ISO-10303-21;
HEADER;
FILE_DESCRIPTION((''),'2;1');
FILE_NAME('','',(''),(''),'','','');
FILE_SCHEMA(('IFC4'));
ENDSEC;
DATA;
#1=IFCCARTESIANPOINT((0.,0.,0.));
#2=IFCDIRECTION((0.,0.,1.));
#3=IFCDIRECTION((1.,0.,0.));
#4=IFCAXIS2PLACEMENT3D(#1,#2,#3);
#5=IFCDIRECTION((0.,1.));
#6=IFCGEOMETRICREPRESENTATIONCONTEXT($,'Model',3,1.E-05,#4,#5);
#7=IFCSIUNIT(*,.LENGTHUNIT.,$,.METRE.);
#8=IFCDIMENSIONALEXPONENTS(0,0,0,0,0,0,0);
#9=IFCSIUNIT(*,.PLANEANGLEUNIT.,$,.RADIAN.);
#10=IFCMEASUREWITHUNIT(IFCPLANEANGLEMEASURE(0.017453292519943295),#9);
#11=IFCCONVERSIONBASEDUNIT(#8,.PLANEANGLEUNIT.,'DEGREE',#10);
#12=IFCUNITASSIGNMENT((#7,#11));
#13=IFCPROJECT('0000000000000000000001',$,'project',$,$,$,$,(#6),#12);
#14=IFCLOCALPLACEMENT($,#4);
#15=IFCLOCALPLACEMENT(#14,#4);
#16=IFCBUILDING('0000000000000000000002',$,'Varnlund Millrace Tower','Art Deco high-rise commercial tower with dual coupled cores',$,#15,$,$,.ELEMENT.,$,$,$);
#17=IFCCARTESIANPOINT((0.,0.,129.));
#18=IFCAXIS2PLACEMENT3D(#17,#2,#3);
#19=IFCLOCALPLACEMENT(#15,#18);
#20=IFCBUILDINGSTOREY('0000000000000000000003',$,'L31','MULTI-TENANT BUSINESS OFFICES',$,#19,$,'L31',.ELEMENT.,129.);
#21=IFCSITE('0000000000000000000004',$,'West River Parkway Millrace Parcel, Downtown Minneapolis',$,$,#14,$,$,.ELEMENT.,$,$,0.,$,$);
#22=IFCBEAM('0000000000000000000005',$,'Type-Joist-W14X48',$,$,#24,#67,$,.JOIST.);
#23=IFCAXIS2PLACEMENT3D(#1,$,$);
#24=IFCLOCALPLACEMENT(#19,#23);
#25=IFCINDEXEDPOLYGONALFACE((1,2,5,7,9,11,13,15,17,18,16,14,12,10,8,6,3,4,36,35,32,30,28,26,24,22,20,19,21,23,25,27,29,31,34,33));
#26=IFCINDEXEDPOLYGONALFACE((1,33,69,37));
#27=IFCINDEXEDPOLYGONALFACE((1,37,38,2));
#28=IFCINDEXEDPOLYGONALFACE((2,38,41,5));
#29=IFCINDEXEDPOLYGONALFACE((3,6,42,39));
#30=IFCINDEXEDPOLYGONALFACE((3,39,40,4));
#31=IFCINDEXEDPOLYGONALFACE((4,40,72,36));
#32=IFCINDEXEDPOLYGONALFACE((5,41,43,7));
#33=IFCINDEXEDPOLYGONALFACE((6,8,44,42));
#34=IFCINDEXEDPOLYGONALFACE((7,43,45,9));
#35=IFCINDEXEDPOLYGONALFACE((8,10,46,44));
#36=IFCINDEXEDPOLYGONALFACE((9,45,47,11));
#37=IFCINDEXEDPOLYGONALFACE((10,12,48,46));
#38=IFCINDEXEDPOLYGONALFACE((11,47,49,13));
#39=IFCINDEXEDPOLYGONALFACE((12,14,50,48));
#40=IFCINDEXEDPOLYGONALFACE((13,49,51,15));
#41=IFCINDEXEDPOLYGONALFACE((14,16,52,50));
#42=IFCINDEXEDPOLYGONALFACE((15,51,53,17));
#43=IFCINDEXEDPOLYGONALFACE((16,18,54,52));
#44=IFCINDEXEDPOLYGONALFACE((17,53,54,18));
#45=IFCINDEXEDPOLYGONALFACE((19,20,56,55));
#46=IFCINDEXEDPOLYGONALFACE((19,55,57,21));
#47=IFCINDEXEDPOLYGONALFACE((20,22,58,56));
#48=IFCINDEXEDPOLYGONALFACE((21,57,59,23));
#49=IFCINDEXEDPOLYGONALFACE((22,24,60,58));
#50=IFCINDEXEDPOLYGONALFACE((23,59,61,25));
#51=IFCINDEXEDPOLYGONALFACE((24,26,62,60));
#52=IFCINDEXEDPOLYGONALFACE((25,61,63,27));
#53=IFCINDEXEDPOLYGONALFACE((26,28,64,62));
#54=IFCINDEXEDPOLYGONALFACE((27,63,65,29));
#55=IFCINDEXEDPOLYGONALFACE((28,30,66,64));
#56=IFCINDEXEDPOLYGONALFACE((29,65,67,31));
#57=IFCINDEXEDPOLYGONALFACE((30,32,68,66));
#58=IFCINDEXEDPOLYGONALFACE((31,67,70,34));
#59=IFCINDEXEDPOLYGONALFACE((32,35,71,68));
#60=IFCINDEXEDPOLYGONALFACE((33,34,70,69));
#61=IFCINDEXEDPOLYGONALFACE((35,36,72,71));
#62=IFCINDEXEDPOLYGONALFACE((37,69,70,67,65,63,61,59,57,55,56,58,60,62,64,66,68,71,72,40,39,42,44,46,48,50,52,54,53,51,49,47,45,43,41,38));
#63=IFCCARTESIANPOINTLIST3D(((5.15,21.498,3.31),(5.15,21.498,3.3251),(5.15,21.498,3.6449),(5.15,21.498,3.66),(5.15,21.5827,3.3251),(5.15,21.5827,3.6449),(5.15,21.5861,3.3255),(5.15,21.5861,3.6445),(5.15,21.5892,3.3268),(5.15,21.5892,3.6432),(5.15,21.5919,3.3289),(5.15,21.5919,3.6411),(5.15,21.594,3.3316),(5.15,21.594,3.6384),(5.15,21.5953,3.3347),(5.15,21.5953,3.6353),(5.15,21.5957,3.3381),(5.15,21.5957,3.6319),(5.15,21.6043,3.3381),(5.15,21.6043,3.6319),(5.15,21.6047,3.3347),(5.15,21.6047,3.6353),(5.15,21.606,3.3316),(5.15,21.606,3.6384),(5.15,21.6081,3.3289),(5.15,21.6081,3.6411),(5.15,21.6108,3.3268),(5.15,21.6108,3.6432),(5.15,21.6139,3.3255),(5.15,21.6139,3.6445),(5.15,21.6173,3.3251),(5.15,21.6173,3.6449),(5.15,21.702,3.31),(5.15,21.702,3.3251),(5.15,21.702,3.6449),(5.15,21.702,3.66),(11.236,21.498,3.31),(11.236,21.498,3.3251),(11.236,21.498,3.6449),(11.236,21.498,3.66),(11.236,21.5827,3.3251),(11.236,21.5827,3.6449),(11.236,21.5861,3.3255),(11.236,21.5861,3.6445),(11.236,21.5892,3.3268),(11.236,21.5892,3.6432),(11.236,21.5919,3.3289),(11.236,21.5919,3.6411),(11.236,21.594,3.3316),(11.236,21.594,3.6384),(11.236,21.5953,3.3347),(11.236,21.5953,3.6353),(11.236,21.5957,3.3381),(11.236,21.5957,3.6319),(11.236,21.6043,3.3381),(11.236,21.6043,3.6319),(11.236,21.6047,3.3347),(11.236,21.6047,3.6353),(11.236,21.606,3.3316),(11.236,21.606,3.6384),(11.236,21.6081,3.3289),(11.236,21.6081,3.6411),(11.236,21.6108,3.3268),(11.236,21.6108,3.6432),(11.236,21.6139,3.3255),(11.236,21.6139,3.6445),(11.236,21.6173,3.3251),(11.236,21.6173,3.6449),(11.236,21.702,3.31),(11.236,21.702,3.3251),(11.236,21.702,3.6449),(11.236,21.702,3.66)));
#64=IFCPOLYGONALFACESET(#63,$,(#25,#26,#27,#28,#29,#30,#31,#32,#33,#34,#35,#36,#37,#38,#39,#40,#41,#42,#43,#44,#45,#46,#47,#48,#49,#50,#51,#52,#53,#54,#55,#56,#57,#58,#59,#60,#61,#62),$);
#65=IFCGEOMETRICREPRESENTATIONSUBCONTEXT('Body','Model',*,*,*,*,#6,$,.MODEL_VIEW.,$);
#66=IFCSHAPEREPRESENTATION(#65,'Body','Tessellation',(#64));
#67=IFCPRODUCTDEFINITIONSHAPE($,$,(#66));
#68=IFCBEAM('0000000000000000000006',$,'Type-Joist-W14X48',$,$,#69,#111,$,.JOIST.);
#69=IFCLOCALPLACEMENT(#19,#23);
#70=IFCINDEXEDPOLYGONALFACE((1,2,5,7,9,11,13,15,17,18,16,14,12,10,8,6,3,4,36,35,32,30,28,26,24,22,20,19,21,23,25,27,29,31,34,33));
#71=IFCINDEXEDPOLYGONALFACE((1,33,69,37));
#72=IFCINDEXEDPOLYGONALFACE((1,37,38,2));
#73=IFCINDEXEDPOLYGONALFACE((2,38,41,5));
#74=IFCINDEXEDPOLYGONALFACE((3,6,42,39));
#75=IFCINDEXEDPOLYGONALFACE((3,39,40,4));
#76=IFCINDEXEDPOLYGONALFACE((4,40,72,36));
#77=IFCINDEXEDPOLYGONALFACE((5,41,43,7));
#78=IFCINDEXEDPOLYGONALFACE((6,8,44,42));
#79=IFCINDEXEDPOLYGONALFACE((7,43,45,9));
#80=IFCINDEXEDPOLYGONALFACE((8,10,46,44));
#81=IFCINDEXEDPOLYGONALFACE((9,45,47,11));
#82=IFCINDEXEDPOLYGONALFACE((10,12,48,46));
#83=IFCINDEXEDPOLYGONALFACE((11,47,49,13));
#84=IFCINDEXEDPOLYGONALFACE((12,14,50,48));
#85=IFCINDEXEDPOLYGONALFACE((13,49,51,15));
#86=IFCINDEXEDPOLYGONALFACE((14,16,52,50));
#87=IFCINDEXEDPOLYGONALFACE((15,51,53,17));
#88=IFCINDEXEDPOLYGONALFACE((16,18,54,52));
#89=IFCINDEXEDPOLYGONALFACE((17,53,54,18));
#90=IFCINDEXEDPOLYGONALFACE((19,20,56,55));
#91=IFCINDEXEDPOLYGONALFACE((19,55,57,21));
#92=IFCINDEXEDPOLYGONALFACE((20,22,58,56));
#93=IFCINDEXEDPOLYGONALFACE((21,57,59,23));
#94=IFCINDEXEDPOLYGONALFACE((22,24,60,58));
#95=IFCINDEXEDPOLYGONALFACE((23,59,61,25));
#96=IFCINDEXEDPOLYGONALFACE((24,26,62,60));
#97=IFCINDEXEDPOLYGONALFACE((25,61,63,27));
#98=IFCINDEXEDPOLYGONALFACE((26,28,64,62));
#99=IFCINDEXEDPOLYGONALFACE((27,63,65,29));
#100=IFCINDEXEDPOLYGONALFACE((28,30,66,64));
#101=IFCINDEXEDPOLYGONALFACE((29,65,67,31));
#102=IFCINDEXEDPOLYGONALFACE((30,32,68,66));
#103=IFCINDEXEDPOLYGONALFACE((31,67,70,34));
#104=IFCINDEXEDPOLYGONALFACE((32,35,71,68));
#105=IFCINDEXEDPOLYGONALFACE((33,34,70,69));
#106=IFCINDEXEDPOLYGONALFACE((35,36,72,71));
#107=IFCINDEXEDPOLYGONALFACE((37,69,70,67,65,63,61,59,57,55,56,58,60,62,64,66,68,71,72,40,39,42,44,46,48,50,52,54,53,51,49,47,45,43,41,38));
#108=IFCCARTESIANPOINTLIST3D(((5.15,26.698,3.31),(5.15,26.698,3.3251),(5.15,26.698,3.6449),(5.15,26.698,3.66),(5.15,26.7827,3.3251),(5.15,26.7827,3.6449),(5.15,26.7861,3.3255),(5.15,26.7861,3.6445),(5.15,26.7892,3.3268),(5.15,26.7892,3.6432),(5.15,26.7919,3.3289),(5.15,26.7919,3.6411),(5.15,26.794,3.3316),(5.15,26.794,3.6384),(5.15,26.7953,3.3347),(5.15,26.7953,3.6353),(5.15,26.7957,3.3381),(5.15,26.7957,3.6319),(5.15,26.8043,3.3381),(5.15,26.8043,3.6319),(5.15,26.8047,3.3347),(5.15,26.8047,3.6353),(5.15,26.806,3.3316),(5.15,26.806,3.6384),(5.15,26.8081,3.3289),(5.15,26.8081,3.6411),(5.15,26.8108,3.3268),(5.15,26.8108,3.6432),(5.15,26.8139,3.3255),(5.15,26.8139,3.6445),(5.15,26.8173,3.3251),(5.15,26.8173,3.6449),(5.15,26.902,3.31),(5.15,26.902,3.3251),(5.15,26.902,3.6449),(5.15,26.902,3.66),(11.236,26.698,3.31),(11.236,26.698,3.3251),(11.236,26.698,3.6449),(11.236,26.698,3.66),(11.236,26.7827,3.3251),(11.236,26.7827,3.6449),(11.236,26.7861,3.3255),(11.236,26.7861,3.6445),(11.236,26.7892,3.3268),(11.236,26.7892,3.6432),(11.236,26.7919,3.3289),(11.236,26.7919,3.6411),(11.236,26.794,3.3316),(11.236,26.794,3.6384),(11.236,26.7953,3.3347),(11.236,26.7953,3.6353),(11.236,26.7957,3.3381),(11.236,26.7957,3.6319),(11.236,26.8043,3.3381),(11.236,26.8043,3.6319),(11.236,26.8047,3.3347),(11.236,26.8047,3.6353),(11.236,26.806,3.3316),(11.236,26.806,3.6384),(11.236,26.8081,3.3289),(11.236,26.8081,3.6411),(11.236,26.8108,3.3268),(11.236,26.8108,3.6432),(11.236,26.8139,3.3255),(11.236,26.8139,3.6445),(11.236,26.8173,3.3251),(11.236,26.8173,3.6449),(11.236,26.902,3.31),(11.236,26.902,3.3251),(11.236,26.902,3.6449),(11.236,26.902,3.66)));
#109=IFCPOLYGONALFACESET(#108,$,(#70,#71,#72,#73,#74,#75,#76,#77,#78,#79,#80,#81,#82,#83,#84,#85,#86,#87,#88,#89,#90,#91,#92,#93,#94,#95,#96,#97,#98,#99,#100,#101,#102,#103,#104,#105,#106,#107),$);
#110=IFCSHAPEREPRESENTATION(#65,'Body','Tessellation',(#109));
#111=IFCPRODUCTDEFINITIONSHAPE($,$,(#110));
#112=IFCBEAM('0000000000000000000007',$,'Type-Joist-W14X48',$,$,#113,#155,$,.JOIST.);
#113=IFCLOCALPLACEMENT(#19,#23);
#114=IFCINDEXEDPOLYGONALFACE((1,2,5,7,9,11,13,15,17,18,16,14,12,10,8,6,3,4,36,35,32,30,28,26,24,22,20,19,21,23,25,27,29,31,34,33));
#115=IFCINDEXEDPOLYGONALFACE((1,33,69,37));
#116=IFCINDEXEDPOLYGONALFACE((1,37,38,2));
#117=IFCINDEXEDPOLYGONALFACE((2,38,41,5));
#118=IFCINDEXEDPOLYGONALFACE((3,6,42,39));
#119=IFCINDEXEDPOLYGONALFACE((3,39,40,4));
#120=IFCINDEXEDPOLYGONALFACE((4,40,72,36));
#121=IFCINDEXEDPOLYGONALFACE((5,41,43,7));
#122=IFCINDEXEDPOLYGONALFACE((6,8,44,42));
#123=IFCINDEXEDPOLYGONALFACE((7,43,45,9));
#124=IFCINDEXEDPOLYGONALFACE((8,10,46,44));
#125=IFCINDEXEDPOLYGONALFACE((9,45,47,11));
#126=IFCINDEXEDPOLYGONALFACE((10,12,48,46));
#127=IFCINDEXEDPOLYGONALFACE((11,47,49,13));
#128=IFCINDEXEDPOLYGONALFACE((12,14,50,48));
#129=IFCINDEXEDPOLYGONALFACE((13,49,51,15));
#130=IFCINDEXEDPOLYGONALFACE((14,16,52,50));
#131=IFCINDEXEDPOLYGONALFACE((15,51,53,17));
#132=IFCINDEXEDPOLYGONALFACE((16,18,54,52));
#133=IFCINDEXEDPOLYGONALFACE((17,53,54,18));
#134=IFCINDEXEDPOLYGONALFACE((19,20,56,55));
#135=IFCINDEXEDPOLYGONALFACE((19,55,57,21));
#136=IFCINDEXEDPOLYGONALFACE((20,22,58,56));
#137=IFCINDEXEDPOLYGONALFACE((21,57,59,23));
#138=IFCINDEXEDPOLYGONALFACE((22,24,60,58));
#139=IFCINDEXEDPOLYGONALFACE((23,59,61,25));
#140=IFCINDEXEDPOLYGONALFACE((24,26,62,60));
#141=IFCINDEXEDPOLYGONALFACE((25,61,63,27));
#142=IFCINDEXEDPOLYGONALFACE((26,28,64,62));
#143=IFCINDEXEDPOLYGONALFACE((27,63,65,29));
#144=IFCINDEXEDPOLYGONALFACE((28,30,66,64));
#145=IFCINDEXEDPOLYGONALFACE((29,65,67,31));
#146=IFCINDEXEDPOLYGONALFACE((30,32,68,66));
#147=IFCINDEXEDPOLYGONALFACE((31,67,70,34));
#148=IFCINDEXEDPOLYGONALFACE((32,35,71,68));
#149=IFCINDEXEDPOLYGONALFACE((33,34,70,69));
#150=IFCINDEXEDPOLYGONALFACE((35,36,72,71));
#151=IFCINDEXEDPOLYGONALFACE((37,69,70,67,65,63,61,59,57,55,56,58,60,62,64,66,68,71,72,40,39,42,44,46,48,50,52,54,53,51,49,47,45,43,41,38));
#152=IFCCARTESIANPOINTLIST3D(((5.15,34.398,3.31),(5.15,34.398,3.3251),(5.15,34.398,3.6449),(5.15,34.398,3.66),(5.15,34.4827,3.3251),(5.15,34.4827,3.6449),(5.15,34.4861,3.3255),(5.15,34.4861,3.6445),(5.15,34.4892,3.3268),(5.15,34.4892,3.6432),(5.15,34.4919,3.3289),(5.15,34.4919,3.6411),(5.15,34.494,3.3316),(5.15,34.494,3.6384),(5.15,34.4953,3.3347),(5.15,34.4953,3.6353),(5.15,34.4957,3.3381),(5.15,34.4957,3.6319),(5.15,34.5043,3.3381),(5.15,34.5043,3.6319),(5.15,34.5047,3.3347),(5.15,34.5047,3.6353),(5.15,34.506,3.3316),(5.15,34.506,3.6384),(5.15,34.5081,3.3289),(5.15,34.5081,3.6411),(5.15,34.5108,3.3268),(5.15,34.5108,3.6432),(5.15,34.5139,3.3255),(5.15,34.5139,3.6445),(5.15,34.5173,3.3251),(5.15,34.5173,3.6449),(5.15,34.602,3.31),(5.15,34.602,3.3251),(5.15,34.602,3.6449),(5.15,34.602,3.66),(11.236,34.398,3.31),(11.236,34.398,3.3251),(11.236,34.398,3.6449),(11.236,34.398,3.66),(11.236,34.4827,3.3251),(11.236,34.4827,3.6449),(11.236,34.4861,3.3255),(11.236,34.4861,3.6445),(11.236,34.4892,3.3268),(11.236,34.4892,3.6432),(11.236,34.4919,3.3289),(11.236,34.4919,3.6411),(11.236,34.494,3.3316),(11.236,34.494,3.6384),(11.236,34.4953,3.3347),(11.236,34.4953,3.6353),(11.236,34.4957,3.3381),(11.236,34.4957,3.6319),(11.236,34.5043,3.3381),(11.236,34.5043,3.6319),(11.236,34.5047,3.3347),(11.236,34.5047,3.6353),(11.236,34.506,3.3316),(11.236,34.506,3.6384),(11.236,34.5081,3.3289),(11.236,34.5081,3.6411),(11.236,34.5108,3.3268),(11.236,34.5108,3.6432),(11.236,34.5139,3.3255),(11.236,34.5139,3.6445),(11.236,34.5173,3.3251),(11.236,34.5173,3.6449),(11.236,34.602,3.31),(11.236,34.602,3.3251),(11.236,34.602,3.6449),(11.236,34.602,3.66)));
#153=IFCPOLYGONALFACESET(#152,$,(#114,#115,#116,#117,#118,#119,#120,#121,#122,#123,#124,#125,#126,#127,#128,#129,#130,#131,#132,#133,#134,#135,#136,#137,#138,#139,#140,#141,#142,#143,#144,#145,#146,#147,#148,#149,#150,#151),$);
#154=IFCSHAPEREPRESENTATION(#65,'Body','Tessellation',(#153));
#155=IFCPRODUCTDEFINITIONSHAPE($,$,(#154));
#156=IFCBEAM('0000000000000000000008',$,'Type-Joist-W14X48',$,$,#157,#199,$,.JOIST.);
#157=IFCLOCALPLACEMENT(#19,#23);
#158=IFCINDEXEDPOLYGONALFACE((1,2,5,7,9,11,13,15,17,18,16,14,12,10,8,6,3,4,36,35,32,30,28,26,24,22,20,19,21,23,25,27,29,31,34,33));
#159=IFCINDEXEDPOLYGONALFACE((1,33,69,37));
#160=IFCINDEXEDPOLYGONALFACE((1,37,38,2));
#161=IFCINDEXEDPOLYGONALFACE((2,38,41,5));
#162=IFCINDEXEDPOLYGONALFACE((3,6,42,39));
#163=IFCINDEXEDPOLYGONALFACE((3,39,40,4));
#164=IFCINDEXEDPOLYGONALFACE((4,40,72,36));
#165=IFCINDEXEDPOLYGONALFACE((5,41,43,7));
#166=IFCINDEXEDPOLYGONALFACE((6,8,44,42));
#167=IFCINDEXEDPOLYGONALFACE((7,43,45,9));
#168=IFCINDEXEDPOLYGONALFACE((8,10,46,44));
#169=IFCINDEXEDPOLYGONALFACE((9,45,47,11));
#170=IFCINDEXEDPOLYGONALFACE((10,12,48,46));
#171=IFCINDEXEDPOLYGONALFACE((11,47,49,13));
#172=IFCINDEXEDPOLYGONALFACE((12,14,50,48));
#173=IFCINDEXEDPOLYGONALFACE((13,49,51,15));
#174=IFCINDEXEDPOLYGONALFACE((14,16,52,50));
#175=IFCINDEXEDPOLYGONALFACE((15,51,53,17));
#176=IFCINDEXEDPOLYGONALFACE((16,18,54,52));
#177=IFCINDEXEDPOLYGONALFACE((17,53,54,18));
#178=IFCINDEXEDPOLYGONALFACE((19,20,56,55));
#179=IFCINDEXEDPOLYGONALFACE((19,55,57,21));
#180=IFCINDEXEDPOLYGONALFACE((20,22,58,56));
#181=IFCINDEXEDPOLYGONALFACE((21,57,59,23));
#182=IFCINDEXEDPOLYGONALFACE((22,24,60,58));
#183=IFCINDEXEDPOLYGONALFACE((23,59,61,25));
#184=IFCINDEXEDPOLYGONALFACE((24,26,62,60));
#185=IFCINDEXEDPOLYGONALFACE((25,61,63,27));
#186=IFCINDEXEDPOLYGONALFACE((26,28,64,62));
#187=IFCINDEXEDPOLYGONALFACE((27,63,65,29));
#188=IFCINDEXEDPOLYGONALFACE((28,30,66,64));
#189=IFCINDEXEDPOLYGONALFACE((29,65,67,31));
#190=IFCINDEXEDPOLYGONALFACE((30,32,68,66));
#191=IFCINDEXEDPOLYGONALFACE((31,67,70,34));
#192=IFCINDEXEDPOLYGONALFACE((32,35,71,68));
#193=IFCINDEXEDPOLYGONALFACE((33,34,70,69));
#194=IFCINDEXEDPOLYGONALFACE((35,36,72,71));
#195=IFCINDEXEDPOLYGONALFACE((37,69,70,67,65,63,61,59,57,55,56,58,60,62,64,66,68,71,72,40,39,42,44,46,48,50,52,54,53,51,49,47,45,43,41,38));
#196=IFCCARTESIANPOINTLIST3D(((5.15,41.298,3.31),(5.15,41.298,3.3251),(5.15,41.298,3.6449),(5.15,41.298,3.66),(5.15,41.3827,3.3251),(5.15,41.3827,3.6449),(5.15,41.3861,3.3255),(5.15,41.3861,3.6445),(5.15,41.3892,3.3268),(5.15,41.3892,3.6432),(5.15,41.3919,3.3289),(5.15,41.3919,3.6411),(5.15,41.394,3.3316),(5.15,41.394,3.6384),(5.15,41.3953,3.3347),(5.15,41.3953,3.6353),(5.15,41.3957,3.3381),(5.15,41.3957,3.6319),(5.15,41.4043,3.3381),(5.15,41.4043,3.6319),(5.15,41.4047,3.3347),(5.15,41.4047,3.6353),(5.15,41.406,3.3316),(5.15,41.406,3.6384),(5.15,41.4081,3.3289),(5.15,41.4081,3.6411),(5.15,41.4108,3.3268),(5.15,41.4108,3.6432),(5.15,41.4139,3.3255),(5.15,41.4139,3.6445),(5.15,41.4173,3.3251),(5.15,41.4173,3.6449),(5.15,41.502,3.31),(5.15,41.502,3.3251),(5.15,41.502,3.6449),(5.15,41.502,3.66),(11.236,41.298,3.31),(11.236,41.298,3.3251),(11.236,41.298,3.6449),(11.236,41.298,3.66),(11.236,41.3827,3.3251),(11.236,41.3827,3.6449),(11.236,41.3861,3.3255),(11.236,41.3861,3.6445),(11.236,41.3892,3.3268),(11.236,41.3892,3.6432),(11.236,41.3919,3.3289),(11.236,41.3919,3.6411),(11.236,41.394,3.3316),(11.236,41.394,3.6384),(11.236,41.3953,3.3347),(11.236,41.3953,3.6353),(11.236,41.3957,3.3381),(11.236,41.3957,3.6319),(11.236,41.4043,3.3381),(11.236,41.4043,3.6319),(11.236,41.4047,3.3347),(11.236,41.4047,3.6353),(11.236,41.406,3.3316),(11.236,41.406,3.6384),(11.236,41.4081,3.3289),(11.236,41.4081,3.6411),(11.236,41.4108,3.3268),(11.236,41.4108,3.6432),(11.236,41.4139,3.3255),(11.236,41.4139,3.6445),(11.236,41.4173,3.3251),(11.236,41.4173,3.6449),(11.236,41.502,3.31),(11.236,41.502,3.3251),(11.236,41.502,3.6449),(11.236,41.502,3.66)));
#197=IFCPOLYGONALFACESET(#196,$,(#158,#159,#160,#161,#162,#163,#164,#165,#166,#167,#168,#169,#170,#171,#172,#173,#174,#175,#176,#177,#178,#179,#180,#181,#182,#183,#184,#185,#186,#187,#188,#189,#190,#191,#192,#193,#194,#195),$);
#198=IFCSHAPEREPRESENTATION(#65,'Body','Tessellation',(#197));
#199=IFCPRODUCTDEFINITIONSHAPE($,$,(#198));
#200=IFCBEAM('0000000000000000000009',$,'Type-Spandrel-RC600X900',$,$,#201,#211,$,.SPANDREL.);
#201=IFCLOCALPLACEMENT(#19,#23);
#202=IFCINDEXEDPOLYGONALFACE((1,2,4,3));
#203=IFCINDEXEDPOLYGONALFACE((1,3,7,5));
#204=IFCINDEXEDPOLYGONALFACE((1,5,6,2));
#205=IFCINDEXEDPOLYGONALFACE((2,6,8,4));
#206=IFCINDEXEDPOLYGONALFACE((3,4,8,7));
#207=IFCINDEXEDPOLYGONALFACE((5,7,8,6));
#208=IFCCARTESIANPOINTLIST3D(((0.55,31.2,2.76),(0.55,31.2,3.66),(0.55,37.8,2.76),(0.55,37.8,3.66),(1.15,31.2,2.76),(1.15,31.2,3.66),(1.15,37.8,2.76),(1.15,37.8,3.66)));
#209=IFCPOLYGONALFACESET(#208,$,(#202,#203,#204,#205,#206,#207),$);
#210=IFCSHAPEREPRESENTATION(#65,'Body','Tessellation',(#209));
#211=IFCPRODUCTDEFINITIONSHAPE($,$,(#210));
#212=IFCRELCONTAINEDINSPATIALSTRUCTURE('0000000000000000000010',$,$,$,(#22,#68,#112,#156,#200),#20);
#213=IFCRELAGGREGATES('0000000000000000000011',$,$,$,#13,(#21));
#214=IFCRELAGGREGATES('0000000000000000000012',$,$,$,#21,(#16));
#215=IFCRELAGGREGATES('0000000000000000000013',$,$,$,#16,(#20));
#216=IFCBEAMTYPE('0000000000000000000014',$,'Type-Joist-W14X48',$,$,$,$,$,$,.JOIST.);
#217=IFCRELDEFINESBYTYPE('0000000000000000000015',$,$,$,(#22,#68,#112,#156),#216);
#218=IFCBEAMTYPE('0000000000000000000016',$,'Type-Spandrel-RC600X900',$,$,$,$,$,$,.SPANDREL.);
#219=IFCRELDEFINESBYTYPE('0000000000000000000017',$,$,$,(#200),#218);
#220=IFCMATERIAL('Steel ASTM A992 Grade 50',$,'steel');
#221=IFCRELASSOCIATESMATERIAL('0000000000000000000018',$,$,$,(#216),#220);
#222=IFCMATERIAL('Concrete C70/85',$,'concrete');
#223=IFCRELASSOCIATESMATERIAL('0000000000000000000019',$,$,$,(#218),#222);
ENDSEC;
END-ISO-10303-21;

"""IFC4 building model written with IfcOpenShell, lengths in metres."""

from ifc_helpers import new_model, entity, si_unit, converted_unit, direction, frame, origin_with_axes, origin_2d_with_axis, place, context, subcontext, project, spatial, rectangle, i_section, extrude, material, material_profile, profile_set, type_object, element, save


model = new_model("IFC4")

# Units and contexts
model_context = context("Model", 3, precision=1e-05, world=origin_with_axes(), true_north=direction((0.0, 1.0)))
body_context = subcontext(model_context, "Body", "Model", "MODEL_VIEW")
ifc_project = project(units=[si_unit("LENGTHUNIT", "METRE"), converted_unit("PLANEANGLEUNIT", "DEGREE", entity("IfcPlaneAngleMeasure", 0.017453292519943295), si_unit("PLANEANGLEUNIT", "RADIAN"), dimensions=[0, 0, 0, 0, 0, 0, 0])], contexts=[model_context])

# Site, building, storey
site_placement = place(None, origin_with_axes())
site = spatial("IfcSite", under=ifc_project, at=site_placement, Name="West River Parkway Millrace Parcel, Downtown Minneapolis", CompositionType="ELEMENT", RefElevation=0.0)
building_placement = place(site_placement, origin_with_axes())
building = spatial("IfcBuilding", under=site, at=building_placement, Name="Varnlund Millrace Tower", Description="Art Deco high-rise commercial tower with dual coupled cores", CompositionType="ELEMENT")
storey_placement = place(building_placement, frame((0.0, 0.0, 129.0), z_axis=(0.0, 0.0, 1.0), x_axis=(1.0, 0.0, 0.0)))
storey = spatial("IfcBuildingStorey", under=building, at=storey_placement, Name="L31", Description="MULTI-TENANT BUSINESS OFFICES", LongName="L31", CompositionType="ELEMENT", Elevation=129.0)

# Beams
ifc_material_1 = material(Name="Steel ASTM A992 Grade 50", Category="steel")
ifc_material_profile_1 = material_profile(ifc_material_1, i_section(OverallWidth=0.204, OverallDepth=0.35, WebThickness=0.0086, FlangeThickness=0.0151, FilletRadius=0.013, at=origin_2d_with_axis()), Name="Steel ASTM A992 Grade 50")
ifc_profile_set_1 = profile_set([ifc_material_profile_1], Name="Steel ASTM A992 Grade 50")
beam_type_1 = type_object("IfcBeamType", Name="Type-Joist-W14X48", PredefinedType="JOIST", material=ifc_profile_set_1)
for number, where, z_axis, x_axis, name in (
    (1, (5.15, 21.6, 3.485), (1.0, 0.0, 0.0), (0.0, 1.0, 0.0), "Type-Joist-W14X48"),
    (2, (5.15, 26.8, 3.485), (1.0, 0.0, 0.0), (0.0, 1.0, 0.0), "Type-Joist-W14X48"),
    (3, (5.15, 34.5, 3.485), (1.0, 0.0, 0.0), (0.0, 1.0, 0.0), "Type-Joist-W14X48"),
    (4, (5.15, 41.4, 3.485), (1.0, 0.0, 0.0), (0.0, 1.0, 0.0), "Type-Joist-W14X48"),
):
    element("IfcBeam", number, at=place(storey_placement, frame(where, z_axis=z_axis, x_axis=x_axis)), inside=storey, type_object=beam_type_1, Name=name, PredefinedType="JOIST", context=body_context, shape_type="SweptSolid", body=[
        extrude(i_section(OverallWidth=0.204, OverallDepth=0.35, WebThickness=0.0086, FlangeThickness=0.0151, FilletRadius=0.013, at=origin_2d_with_axis()), origin_with_axes(), (0.0, 0.0, 1.0), 6.086),
    ])
ifc_material_2 = material(Name="Concrete C70/85", Category="concrete")
ifc_material_profile_2 = material_profile(ifc_material_2, rectangle(XDim=0.6, YDim=0.9, at=origin_2d_with_axis()), Name="Concrete C70/85")
ifc_profile_set_2 = profile_set([ifc_material_profile_2], Name="Concrete C70/85")
beam_type_2 = type_object("IfcBeamType", Name="Type-Spandrel-RC600X900", PredefinedType="SPANDREL", material=ifc_profile_set_2)
beam_1_placement = place(storey_placement, frame((0.85, 31.2, 3.21), z_axis=(0.0, 1.0, 0.0), x_axis=(-1.0, 0.0, 0.0)))
element("IfcBeam", 5, at=beam_1_placement, inside=storey, type_object=beam_type_2, Name="Type-Spandrel-RC600X900", PredefinedType="SPANDREL", context=body_context, shape_type="SweptSolid", body=[
    extrude(rectangle(XDim=0.6, YDim=0.9, at=origin_2d_with_axis()), origin_with_axes(), (0.0, 0.0, 1.0), 6.6),
])

save(model, "model.ifc")
